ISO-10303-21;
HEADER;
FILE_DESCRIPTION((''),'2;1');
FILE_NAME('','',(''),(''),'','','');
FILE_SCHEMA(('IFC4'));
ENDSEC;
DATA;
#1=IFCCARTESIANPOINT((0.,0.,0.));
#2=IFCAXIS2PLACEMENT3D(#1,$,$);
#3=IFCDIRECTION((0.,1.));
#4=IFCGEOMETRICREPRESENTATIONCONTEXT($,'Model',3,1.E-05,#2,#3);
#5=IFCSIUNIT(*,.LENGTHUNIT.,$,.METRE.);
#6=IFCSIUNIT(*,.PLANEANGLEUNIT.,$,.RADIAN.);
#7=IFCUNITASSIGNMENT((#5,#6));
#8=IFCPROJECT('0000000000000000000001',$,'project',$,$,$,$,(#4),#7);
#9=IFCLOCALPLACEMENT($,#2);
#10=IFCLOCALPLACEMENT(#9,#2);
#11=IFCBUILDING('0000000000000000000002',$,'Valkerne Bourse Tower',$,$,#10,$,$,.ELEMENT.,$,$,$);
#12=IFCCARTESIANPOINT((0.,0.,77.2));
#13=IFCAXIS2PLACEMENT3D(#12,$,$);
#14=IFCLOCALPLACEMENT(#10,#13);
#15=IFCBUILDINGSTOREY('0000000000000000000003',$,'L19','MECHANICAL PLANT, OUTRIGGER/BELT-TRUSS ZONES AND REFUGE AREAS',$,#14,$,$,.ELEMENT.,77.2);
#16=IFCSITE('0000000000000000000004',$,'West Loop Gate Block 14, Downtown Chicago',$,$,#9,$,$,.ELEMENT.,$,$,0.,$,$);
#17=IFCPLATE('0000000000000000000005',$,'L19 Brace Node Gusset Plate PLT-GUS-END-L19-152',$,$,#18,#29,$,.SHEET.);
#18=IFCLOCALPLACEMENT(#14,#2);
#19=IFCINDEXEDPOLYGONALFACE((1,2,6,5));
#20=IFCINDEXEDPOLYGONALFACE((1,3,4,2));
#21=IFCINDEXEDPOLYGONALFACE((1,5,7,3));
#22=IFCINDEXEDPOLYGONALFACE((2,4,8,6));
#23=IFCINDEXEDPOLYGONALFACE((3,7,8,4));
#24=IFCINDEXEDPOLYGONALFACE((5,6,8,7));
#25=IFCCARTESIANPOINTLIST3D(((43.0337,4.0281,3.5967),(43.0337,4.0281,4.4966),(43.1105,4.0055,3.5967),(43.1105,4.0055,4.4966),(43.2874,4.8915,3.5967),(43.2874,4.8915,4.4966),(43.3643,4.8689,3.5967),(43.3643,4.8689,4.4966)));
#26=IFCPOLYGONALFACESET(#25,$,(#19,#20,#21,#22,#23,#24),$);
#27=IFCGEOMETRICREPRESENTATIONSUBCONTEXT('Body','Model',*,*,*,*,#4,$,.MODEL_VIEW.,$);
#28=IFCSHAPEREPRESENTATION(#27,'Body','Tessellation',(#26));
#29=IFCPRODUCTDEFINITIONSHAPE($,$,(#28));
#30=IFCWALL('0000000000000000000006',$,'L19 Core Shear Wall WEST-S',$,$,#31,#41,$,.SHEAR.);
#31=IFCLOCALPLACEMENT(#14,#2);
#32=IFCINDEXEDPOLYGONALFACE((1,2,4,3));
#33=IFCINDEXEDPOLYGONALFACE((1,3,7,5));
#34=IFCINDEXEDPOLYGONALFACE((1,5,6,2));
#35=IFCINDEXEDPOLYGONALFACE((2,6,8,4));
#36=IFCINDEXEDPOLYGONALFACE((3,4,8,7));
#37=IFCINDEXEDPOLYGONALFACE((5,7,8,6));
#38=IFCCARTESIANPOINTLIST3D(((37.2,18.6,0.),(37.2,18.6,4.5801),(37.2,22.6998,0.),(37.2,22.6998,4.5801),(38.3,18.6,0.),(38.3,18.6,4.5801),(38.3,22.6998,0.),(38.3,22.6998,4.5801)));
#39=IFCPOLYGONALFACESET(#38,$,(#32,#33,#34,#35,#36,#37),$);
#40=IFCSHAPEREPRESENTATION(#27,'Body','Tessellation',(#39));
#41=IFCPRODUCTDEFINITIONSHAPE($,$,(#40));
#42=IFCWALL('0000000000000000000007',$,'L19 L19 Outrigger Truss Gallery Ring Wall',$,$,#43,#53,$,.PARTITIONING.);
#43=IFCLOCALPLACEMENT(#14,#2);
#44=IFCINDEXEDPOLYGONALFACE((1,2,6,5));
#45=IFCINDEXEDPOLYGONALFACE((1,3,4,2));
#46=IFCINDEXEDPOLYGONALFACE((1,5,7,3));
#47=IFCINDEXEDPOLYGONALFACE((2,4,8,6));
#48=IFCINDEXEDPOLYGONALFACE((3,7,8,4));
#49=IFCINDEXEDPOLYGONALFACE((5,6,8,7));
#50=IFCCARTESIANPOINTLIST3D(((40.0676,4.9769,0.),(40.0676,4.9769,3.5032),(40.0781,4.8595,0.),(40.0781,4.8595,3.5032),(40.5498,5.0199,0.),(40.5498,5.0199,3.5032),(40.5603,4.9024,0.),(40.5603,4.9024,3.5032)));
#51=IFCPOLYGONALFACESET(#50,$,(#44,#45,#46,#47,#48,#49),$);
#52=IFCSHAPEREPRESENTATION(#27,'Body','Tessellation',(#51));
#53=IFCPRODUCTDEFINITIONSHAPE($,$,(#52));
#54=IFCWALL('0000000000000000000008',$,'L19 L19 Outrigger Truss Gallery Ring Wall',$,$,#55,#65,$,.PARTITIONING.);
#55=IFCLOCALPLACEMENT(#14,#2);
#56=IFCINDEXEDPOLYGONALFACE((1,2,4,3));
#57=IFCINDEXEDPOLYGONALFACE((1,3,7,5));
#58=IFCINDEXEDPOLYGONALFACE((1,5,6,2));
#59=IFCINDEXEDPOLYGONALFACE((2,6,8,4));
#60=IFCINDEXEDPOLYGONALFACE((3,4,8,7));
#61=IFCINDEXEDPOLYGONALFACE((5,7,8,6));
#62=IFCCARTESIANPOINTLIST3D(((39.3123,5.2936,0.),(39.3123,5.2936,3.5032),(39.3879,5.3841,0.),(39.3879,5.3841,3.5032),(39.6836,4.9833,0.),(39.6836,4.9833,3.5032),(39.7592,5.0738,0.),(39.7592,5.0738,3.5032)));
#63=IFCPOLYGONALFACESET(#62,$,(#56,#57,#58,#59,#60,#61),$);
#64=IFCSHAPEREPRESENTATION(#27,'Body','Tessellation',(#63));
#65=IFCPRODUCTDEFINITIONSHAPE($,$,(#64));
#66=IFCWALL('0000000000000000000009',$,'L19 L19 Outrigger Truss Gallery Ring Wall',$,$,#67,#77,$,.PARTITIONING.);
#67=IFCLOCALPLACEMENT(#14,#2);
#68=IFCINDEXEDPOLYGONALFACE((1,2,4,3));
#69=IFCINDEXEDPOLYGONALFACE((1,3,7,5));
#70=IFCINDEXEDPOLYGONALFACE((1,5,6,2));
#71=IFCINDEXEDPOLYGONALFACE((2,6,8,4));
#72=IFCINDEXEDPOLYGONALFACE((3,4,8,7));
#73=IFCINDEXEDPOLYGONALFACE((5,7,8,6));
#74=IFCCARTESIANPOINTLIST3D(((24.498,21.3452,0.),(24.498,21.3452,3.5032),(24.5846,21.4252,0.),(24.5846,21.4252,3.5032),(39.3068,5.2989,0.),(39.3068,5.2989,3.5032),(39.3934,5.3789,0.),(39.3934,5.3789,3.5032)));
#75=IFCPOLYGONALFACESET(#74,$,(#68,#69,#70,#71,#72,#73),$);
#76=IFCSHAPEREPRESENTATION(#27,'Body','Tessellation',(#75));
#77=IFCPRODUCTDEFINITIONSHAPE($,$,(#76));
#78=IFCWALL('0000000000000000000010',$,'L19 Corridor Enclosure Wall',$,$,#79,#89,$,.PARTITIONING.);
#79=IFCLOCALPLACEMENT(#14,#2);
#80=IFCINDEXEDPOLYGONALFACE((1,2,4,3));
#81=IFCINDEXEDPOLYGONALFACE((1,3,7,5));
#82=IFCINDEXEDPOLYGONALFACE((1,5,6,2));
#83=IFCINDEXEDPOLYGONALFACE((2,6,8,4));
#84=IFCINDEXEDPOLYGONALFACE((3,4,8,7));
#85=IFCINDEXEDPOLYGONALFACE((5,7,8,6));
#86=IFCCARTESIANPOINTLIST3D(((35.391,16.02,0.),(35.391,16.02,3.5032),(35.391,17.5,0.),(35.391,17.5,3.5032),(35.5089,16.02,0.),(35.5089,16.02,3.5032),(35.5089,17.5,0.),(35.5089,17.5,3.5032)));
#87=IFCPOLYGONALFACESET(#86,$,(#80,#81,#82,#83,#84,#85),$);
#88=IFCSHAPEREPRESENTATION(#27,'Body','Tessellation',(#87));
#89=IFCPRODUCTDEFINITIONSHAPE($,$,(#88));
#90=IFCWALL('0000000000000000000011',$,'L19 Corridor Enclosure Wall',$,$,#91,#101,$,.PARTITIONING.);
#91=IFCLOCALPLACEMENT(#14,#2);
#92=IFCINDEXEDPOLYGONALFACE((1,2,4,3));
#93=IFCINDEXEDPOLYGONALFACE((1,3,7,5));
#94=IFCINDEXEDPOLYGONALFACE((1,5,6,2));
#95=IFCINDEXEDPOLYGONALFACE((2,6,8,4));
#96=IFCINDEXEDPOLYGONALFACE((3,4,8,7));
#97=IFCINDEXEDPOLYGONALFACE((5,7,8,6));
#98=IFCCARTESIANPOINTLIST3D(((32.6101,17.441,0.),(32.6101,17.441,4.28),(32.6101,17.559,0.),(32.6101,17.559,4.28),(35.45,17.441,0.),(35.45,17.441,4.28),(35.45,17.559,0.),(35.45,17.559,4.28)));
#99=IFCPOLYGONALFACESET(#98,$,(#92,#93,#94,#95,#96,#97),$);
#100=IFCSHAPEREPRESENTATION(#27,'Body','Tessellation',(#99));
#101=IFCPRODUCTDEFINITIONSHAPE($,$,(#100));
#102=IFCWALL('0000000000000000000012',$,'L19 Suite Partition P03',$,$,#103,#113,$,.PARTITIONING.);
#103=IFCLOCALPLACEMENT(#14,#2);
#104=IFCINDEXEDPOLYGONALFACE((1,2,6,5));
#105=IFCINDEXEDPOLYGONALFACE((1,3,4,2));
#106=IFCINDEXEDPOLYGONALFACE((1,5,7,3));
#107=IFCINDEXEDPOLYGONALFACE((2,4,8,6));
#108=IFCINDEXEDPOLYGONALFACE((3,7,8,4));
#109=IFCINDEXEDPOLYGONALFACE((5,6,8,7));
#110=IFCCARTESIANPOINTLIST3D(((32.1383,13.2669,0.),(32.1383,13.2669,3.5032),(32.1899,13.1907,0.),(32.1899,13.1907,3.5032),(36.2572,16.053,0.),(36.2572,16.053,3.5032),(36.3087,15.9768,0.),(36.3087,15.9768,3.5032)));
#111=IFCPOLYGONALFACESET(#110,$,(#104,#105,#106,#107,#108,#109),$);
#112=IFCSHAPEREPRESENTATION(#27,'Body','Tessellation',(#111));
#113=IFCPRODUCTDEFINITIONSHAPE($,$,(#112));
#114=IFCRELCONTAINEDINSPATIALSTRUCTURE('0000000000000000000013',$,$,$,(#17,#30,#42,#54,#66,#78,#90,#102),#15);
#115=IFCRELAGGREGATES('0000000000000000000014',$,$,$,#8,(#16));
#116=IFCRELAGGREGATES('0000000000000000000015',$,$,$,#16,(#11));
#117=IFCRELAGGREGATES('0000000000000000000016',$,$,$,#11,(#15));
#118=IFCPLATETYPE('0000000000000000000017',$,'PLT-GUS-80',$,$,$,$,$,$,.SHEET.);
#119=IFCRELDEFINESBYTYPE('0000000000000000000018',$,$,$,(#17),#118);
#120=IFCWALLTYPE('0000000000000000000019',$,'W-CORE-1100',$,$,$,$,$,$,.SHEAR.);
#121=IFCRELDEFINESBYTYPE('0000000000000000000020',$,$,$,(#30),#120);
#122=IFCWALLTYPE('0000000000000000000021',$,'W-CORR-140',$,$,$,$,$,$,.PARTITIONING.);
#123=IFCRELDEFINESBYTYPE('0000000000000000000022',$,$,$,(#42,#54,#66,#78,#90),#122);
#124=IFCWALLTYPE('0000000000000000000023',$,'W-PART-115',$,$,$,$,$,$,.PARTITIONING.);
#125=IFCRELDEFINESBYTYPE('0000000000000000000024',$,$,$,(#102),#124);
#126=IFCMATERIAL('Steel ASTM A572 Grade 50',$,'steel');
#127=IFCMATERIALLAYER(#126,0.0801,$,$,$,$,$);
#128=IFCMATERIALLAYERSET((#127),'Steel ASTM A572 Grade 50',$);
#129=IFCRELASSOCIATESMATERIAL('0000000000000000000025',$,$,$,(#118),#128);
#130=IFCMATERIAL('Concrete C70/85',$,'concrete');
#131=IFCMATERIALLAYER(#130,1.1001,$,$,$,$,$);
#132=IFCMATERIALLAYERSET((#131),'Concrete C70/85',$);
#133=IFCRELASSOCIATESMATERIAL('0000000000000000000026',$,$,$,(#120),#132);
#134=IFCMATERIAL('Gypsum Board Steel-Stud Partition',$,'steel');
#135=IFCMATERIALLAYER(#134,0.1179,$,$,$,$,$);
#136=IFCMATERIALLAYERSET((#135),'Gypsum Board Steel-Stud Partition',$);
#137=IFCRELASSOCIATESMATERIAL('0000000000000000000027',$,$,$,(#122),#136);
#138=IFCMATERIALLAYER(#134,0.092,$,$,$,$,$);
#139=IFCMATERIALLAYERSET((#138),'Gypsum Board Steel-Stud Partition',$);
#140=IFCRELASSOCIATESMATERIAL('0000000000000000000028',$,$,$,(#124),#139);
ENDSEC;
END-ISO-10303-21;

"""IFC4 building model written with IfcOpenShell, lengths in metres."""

from ifc_helpers import new_model, si_unit, direction, frame, frame_2d, origin, origin_2d, place, context, subcontext, project, spatial, rectangle, extrude, material, layer, layer_set, type_object, element, save


model = new_model("IFC4")

# Units and contexts
model_context = context("Model", 3, precision=1e-05, world=origin(), true_north=direction((0.0, 1.0)))
body_context = subcontext(model_context, "Body", "Model", "MODEL_VIEW")
ifc_project = project(units=[si_unit("LENGTHUNIT", "METRE"), si_unit("PLANEANGLEUNIT", "RADIAN")], contexts=[model_context])

# Site, building, storey
site_placement = place(None, origin())
site = spatial("IfcSite", under=ifc_project, at=site_placement, Name="West Loop Gate Block 14, Downtown Chicago", CompositionType="ELEMENT", RefElevation=0.0)
building_placement = place(site_placement, origin())
building = spatial("IfcBuilding", under=site, at=building_placement, Name="Valkerne Bourse Tower", CompositionType="ELEMENT")
storey_placement = place(building_placement, frame((0.0, 0.0, 77.2)))
storey = spatial("IfcBuildingStorey", under=building, at=storey_placement, Name="L19", Description="MECHANICAL PLANT, OUTRIGGER/BELT-TRUSS ZONES AND REFUGE AREAS", CompositionType="ELEMENT", Elevation=77.2)

# Plate
ifc_material_1 = material(Name="Steel ASTM A572 Grade 50", Category="steel")
ifc_layer_1 = layer(ifc_material_1, 0.0801)
ifc_layer_set_1 = layer_set([ifc_layer_1], Name="Steel ASTM A572 Grade 50")
plate_type = type_object("IfcPlateType", Name="PLT-GUS-80", PredefinedType="SHEET", material=ifc_layer_set_1)
for number, where, z_axis, x_axis, name in (
    (1, (43.199, 4.4485, 3.5967), (0.0, 0.0, 1.0), (0.282007, 0.959412, 0.0), "L19 Brace Node Gusset Plate PLT-GUS-END-L19-152"),
):
    element("IfcPlate", number, at=place(storey_placement, frame(where, z_axis=z_axis, x_axis=x_axis)), inside=storey, type_object=plate_type, Name=name, PredefinedType="SHEET", context=body_context, shape_type="SweptSolid", body=[
        extrude(rectangle(XDim=0.8999, YDim=0.0801, at=origin_2d()), origin(), (0.0, 0.0, 1.0), 0.8999),
    ])

# Shared definitions
ifc_material_2 = material(Name="Concrete C70/85", Category="concrete")
ifc_layer_2 = layer(ifc_material_2, 1.1001)
ifc_layer_set_2 = layer_set([ifc_layer_2], Name="Concrete C70/85")
wall_type_1 = type_object("IfcWallType", Name="W-CORE-1100", PredefinedType="SHEAR", material=ifc_layer_set_2)

# Walls
wall_1_placement = place(storey_placement, frame((37.75, 18.6001, 0.0), z_axis=(0.0, 0.0, 1.0), x_axis=(0.0, 1.0, 0.0)))
element("IfcWall", 2, at=wall_1_placement, inside=storey, type_object=wall_type_1, Name="L19 Core Shear Wall WEST-S", PredefinedType="SHEAR", context=body_context, shape_type="SweptSolid", body=[
    extrude(rectangle(XDim=4.0999, YDim=1.1001, at=frame_2d((2.0498, 0.0))), origin(), (0.0, 0.0, 1.0), 4.5801),
])
ifc_material_3 = material(Name="Gypsum Board Steel-Stud Partition", Category="steel")
ifc_layer_3 = layer(ifc_material_3, 0.1179)
ifc_layer_set_3 = layer_set([ifc_layer_3], Name="Gypsum Board Steel-Stud Partition")
wall_type_2 = type_object("IfcWallType", Name="W-CORR-140", PredefinedType="PARTITIONING", material=ifc_layer_set_3)
wall_2_placement = place(storey_placement, frame((40.5552, 4.9612, 0.0), z_axis=(0.0, 0.0, 1.0), x_axis=(-0.996053, -0.088762, 0.0)))
element("IfcWall", 3, at=wall_2_placement, inside=storey, type_object=wall_type_2, Name="L19 L19 Outrigger Truss Gallery Ring Wall", PredefinedType="PARTITIONING", context=body_context, shape_type="SweptSolid", body=[
    extrude(rectangle(XDim=0.4841, YDim=0.1179, at=frame_2d((0.2422, 0.0))), origin(), (0.0, 0.0, 1.0), 3.5032),
])
wall_3_placement = place(storey_placement, frame((39.7214, 5.0286, 0.0), z_axis=(0.0, 0.0, 1.0), x_axis=(-0.767352, 0.641226, 0.0)))
element("IfcWall", 4, at=wall_3_placement, inside=storey, type_object=wall_type_2, Name="L19 L19 Outrigger Truss Gallery Ring Wall", PredefinedType="PARTITIONING", context=body_context, shape_type="SweptSolid", body=[
    extrude(rectangle(XDim=0.4839, YDim=0.1179, at=frame_2d((0.2419, 0.0))), origin(), (0.0, 0.0, 1.0), 3.5032),
])
wall_4_placement = place(storey_placement, frame((39.3501, 5.3389, 0.0), z_axis=(0.0, 0.0, 1.0), x_axis=(-0.678201, 0.734877, 0.0)))
element("IfcWall", 5, at=wall_4_placement, inside=storey, type_object=wall_type_2, Name="L19 L19 Outrigger Truss Gallery Ring Wall", PredefinedType="PARTITIONING", context=body_context, shape_type="SweptSolid", body=[
    extrude(rectangle(XDim=21.8354, YDim=0.1179, at=frame_2d((10.9177, 0.0))), origin(), (0.0, 0.0, 1.0), 3.5032),
])
wall_5_placement = place(storey_placement, frame((35.45, 16.02, 0.0), z_axis=(0.0, 0.0, 1.0), x_axis=(0.0, 1.0, 0.0)))
element("IfcWall", 6, at=wall_5_placement, inside=storey, type_object=wall_type_2, Name="L19 Corridor Enclosure Wall", PredefinedType="PARTITIONING", context=body_context, shape_type="SweptSolid", body=[
    extrude(rectangle(XDim=1.48, YDim=0.1179, at=frame_2d((0.74, 0.0))), origin(), (0.0, 0.0, 1.0), 3.5032),
])
wall_6_placement = place(storey_placement, frame((35.45, 17.5, 0.0), z_axis=(0.0, 0.0, 1.0), x_axis=(-1.0, 0.0, 0.0)))
element("IfcWall", 7, at=wall_6_placement, inside=storey, type_object=wall_type_2, Name="L19 Corridor Enclosure Wall", PredefinedType="PARTITIONING", context=body_context, shape_type="SweptSolid", body=[
    extrude(rectangle(XDim=2.8398, YDim=0.1179, at=frame_2d((1.4199, 0.0))), origin(), (0.0, 0.0, 1.0), 4.28),
])

# Wall
ifc_layer_4 = layer(ifc_material_3, 0.092)
ifc_layer_set_4 = layer_set([ifc_layer_4], Name="Gypsum Board Steel-Stud Partition")
wall_type_3 = type_object("IfcWallType", Name="W-PART-115", PredefinedType="PARTITIONING", material=ifc_layer_set_4)
wall_7_placement = place(storey_placement, frame((36.283, 16.0149, 0.0), z_axis=(0.0, 0.0, 1.0), x_axis=(-0.8283, -0.560285, 0.0)))
element("IfcWall", 8, at=wall_7_placement, inside=storey, type_object=wall_type_3, Name="L19 Suite Partition P03", PredefinedType="PARTITIONING", context=body_context, shape_type="SweptSolid", body=[
    extrude(rectangle(XDim=4.9727, YDim=0.092, at=frame_2d((2.4863, 0.0))), origin(), (0.0, 0.0, 1.0), 3.5032),
])

save(model, "model.ifc")
